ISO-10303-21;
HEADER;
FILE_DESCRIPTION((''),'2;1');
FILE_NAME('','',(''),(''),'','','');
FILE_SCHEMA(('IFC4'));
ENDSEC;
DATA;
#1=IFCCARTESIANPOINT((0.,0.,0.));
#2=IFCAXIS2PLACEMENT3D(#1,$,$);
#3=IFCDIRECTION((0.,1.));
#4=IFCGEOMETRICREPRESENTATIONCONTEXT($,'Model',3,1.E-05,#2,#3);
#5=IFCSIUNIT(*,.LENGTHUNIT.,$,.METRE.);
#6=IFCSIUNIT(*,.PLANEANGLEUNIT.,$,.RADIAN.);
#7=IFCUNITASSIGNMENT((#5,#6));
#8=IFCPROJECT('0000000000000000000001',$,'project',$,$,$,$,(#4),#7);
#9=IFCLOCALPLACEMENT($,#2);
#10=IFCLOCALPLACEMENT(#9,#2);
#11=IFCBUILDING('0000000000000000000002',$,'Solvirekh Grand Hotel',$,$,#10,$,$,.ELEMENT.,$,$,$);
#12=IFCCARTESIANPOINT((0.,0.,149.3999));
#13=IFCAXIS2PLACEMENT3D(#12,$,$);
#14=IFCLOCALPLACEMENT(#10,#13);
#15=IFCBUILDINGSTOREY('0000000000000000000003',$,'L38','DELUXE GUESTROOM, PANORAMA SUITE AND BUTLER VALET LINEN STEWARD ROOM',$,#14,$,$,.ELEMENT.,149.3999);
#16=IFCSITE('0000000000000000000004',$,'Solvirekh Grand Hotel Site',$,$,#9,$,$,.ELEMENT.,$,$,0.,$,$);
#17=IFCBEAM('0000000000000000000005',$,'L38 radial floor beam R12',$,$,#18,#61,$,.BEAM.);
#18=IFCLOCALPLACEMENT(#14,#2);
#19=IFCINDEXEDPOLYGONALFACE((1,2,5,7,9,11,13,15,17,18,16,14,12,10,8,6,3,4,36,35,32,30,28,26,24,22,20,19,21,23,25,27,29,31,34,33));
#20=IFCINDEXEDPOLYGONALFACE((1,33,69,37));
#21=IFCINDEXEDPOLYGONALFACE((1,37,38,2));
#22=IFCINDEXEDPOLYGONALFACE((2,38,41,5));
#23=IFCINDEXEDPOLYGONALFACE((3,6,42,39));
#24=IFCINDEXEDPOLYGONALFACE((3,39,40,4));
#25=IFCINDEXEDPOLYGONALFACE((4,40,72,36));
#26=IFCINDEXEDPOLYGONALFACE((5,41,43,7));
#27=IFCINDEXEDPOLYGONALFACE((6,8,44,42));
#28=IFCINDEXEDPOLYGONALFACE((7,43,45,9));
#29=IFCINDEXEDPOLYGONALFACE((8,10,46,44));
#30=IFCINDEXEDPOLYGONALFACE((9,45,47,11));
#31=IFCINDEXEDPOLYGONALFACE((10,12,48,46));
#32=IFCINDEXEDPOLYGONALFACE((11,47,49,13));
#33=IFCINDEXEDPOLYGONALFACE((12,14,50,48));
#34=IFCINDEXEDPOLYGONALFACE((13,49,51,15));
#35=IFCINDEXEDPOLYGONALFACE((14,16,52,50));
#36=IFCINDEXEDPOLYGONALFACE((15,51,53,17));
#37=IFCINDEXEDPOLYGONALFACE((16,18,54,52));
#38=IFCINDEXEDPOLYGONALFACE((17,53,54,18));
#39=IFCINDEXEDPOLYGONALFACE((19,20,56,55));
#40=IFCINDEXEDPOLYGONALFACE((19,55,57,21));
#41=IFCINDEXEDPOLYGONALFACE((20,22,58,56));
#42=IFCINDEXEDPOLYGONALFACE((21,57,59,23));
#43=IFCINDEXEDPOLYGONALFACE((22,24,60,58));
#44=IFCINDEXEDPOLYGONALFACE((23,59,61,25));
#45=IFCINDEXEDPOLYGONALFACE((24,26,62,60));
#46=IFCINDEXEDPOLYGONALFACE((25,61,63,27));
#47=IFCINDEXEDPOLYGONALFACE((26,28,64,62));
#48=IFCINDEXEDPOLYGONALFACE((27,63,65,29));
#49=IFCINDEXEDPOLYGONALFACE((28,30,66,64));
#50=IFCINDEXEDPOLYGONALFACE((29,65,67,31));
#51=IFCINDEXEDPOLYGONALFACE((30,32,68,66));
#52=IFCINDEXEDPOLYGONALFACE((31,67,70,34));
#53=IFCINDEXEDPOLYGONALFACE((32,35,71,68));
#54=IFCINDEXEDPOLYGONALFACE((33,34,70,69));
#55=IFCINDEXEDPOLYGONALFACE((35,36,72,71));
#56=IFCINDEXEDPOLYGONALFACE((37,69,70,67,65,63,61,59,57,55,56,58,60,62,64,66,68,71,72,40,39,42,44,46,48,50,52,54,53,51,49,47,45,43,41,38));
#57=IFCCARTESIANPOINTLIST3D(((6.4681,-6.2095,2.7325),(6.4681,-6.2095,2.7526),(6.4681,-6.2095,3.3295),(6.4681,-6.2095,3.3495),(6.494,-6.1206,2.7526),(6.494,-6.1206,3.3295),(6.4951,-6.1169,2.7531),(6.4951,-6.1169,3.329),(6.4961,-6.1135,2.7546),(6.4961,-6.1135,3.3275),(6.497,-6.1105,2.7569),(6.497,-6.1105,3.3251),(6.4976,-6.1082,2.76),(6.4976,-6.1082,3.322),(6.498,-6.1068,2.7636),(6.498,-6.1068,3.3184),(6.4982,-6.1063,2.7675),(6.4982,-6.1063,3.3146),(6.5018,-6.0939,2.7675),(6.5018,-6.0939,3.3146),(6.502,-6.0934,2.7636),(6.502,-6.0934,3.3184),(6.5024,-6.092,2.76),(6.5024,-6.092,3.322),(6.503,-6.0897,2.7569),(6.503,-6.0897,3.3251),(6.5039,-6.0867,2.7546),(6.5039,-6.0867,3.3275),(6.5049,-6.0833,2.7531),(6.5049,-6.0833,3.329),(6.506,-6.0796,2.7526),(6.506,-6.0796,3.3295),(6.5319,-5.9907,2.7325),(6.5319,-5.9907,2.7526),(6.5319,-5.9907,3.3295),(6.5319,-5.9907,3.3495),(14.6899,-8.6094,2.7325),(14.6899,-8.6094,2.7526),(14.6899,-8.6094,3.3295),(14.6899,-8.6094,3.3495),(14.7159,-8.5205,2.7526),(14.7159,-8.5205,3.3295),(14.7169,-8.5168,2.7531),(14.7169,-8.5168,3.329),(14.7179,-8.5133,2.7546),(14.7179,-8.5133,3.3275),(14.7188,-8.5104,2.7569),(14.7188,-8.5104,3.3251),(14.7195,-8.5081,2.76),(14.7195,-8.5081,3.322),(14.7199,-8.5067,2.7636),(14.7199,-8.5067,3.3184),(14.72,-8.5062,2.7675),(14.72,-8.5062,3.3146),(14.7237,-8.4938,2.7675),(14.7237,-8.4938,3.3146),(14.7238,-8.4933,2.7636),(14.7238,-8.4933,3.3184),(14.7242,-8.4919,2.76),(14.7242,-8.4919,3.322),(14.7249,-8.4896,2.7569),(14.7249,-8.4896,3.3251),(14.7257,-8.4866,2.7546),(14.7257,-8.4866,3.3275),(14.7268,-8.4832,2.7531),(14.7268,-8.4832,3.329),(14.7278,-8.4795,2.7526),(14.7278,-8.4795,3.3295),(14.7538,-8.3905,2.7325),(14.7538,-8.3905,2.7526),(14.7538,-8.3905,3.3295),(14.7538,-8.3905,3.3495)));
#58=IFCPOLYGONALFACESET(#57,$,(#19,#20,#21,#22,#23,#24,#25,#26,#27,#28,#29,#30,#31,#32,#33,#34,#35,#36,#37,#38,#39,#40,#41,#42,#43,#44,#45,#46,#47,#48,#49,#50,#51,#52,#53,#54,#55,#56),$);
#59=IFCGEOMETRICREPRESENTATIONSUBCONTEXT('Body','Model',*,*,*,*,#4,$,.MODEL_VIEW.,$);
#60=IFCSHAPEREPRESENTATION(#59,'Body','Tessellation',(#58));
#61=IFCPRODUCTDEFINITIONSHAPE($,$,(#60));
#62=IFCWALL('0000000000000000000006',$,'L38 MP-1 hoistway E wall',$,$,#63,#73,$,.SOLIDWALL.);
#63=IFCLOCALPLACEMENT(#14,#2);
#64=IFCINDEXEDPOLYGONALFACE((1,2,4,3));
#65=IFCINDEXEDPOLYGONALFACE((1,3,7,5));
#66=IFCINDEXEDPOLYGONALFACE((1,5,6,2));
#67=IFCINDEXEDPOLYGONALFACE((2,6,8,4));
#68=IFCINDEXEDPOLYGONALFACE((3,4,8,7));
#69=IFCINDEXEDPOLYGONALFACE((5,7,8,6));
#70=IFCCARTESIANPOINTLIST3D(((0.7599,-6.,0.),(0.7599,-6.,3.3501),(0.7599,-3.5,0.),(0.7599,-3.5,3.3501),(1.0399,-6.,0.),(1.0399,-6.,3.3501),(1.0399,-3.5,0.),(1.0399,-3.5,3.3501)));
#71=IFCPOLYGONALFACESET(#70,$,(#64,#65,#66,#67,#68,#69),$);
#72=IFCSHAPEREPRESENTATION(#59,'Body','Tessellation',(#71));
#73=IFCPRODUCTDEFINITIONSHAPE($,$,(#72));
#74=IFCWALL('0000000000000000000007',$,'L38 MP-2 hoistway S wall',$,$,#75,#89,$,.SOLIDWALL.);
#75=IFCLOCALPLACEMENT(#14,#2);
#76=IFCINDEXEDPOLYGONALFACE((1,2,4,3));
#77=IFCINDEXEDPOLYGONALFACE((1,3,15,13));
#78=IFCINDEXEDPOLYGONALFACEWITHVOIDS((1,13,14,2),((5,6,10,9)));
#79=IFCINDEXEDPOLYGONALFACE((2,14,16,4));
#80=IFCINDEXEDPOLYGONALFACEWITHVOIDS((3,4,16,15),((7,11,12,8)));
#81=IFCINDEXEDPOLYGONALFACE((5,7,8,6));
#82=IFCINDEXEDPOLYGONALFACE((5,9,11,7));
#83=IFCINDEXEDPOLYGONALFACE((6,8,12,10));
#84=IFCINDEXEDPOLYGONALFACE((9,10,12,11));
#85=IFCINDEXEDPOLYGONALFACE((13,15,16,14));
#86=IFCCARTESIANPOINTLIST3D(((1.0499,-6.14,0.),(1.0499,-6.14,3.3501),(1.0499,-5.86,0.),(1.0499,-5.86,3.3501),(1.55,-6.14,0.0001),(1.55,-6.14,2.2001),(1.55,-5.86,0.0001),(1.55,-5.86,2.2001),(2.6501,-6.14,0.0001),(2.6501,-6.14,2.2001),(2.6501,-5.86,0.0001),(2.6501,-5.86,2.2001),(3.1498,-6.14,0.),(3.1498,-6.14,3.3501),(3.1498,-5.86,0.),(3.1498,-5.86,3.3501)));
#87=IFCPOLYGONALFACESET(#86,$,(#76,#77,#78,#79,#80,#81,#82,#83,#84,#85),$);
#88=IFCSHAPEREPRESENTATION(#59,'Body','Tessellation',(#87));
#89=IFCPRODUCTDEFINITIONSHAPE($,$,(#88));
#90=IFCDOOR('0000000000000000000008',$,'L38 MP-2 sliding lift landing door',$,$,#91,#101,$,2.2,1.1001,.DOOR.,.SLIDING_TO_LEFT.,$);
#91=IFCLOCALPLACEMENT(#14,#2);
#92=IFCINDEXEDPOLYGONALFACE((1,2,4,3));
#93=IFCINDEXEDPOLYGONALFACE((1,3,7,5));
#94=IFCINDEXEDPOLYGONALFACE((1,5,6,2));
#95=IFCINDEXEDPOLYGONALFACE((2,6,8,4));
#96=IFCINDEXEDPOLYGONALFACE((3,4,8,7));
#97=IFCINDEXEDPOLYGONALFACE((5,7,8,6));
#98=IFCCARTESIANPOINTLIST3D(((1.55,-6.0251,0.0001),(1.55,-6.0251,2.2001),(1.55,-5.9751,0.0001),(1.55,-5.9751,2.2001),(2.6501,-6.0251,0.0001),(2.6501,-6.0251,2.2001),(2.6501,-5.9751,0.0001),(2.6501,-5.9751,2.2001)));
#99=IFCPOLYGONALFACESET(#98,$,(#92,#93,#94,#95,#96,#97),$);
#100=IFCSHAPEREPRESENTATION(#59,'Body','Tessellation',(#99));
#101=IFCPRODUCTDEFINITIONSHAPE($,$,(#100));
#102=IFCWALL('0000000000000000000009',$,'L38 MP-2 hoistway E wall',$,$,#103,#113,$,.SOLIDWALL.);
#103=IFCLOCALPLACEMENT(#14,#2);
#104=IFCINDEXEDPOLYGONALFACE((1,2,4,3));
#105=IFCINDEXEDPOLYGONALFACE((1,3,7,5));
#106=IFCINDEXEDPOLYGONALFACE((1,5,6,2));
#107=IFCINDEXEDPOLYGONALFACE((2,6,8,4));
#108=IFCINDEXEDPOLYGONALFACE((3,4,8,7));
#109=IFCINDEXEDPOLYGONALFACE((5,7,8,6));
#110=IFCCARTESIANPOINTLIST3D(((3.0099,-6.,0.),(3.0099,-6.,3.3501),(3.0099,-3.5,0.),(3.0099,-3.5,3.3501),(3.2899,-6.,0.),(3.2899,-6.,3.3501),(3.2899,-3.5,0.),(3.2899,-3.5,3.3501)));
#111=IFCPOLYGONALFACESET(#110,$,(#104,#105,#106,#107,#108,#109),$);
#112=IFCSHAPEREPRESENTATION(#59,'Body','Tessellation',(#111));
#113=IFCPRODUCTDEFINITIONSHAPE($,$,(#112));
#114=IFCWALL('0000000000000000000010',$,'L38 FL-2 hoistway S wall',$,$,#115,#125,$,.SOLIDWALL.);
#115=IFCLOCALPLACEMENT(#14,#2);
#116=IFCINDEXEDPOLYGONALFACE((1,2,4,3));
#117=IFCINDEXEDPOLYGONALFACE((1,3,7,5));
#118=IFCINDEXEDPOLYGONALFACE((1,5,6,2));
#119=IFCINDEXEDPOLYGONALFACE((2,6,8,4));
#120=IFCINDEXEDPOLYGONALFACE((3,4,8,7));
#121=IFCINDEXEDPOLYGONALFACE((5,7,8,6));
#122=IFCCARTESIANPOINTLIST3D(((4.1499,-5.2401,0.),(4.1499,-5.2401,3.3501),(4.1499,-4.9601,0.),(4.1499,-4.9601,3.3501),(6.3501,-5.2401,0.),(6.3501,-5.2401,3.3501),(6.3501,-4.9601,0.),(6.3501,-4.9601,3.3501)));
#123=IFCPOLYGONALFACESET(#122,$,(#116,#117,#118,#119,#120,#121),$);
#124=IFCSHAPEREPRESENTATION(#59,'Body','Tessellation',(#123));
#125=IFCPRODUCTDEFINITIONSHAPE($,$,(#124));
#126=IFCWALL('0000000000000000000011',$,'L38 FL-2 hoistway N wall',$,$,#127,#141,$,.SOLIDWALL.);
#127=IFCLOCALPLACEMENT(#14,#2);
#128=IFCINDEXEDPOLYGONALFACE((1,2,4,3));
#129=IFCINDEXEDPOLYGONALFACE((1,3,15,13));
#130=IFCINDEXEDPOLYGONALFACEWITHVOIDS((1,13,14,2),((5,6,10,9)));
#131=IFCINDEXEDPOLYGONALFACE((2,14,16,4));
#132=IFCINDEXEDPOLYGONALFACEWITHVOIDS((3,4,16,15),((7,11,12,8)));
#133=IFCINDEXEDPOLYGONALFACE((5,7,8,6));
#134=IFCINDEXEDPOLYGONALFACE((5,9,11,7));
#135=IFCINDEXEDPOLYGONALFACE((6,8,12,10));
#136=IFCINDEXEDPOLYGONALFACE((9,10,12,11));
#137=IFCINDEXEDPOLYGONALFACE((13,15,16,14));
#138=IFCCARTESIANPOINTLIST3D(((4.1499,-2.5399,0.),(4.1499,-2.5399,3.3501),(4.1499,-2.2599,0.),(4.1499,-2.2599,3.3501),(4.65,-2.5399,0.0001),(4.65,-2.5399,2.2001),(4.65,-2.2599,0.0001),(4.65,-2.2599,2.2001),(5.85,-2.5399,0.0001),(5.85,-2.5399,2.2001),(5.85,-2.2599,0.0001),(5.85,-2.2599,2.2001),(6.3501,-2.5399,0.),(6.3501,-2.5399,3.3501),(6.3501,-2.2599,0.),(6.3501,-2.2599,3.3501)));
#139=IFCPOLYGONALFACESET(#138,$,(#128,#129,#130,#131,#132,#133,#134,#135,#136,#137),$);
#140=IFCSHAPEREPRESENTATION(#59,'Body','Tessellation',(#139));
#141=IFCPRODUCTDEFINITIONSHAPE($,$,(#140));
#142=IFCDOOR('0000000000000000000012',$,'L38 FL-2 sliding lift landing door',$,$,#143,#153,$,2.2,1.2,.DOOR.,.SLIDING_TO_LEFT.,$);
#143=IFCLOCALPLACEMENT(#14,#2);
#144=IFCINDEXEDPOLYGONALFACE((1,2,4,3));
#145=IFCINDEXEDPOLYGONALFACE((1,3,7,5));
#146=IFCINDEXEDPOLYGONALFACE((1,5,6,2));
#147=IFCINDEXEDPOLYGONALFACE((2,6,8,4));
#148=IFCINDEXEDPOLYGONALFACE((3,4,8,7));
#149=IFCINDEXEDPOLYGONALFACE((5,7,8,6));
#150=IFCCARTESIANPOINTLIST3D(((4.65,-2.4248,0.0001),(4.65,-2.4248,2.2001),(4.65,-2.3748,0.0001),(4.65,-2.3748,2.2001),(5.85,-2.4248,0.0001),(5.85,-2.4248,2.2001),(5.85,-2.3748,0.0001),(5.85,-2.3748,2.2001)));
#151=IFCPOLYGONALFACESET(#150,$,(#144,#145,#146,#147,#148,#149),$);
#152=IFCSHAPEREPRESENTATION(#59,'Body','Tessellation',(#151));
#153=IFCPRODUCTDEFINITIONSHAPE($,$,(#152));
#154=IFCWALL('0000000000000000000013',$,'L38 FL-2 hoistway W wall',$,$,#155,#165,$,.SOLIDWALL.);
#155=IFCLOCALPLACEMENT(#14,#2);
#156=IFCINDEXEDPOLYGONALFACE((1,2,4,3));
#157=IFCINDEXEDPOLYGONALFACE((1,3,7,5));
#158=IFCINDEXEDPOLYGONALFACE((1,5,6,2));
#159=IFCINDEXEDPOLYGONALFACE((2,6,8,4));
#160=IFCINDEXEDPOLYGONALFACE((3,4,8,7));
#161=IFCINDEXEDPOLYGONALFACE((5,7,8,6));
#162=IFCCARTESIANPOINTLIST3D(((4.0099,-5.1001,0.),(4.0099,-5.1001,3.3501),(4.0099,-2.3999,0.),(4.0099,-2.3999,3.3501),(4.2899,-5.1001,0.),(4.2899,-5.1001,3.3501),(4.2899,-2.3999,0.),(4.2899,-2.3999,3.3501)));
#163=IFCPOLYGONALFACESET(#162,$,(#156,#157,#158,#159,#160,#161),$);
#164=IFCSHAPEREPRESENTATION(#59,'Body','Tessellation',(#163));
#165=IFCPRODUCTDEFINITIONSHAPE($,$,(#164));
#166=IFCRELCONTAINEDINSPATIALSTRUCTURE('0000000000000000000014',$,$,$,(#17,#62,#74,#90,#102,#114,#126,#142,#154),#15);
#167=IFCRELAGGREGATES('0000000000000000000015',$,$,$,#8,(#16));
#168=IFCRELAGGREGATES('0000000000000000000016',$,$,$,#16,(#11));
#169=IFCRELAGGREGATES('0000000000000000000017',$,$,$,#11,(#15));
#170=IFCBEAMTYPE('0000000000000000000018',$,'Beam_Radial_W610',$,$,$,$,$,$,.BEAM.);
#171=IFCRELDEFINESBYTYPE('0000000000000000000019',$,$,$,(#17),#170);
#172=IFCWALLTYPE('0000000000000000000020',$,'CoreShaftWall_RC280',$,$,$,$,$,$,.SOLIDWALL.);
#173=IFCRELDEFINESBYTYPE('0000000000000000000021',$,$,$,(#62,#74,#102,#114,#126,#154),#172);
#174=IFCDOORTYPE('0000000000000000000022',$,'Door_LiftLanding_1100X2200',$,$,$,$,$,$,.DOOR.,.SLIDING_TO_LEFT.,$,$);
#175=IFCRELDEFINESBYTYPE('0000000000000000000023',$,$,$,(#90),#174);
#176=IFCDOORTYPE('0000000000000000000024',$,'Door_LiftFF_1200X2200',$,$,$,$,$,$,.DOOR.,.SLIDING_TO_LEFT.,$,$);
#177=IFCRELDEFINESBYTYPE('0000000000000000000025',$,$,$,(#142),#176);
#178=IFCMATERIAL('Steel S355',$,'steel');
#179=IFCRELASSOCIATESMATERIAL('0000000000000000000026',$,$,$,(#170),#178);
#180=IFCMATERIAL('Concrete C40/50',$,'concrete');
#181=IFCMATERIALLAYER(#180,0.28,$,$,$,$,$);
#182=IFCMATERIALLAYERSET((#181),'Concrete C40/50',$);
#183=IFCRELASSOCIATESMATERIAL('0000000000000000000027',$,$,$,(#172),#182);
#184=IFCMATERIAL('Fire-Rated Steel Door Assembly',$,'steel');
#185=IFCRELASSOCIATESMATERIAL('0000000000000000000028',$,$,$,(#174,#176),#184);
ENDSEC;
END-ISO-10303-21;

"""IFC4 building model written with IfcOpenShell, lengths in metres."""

from ifc_helpers import new_model, si_unit, direction, frame, frame_2d, origin, origin_2d, place, context, subcontext, project, spatial, rectangle, i_section, extrude, material, layer, layer_set, material_profile, profile_set, type_object, element, fill, save


model = new_model("IFC4")

# Units and contexts
model_context = context("Model", 3, precision=1e-05, world=origin(), true_north=direction((0.0, 1.0)))
body_context = subcontext(model_context, "Body", "Model", "MODEL_VIEW")
ifc_project = project(units=[si_unit("LENGTHUNIT", "METRE"), si_unit("PLANEANGLEUNIT", "RADIAN")], contexts=[model_context])

# Site, building, storey
site_placement = place(None, origin())
site = spatial("IfcSite", under=ifc_project, at=site_placement, Name="Solvirekh Grand Hotel Site", CompositionType="ELEMENT", RefElevation=0.0)
building_placement = place(site_placement, origin())
building = spatial("IfcBuilding", under=site, at=building_placement, Name="Solvirekh Grand Hotel", CompositionType="ELEMENT")
storey_placement = place(building_placement, frame((0.0, 0.0, 149.3999)))
storey = spatial("IfcBuildingStorey", under=building, at=storey_placement, Name="L38", Description="DELUXE GUESTROOM, PANORAMA SUITE AND BUTLER VALET LINEN STEWARD ROOM", CompositionType="ELEMENT", Elevation=149.3999)

# Beam
ifc_material_1 = material(Name="Steel S355", Category="steel")
ifc_material_profile = material_profile(ifc_material_1, i_section(OverallWidth=0.228, OverallDepth=0.6169, WebThickness=0.0129, FlangeThickness=0.02, FilletRadius=0.0149, at=origin_2d()), Name="W610X140")
ifc_profile_set = profile_set([ifc_material_profile], Name="Steel S355")
beam_type = type_object("IfcBeamType", Name="Beam_Radial_W610", PredefinedType="BEAM", material=ifc_profile_set)
beam_placement = place(storey_placement, frame((6.5, -6.1001, 3.041), z_axis=(0.959942, -0.280198, 0.0), x_axis=(0.280198, 0.959942, 0.0)))
element("IfcBeam", 1, at=beam_placement, inside=storey, type_object=beam_type, Name="L38 radial floor beam R12", PredefinedType="BEAM", context=body_context, shape_type="SweptSolid", body=[
    extrude(i_section(OverallWidth=0.228, OverallDepth=0.6169, WebThickness=0.0129, FlangeThickness=0.02, FilletRadius=0.0149, at=origin_2d()), origin(), (0.0, 0.0, 1.0), 8.5649),
])

# Wall
ifc_material_2 = material(Name="Concrete C40/50", Category="concrete")
ifc_layer_1 = layer(ifc_material_2, 0.28)
ifc_layer_set_1 = layer_set([ifc_layer_1], Name="Concrete C40/50")
wall_type_1 = type_object("IfcWallType", Name="CoreShaftWall_RC280", PredefinedType="SOLIDWALL", material=ifc_layer_set_1)
wall_1_placement = place(storey_placement, frame((0.8999, -6.0, 0.0), z_axis=(0.0, 0.0, 1.0), x_axis=(0.0, 1.0, 0.0)))
element("IfcWall", 2, at=wall_1_placement, inside=storey, type_object=wall_type_1, Name="L38 MP-1 hoistway E wall", PredefinedType="SOLIDWALL", context=body_context, shape_type="SweptSolid", body=[
    extrude(rectangle(XDim=2.5, YDim=0.28, at=frame_2d((1.25, 0.0))), origin(), (0.0, 0.0, 1.0), 3.3501),
])

# Wall, opening, door
wall_2_placement = place(storey_placement, frame((1.05, -6.0, 0.0), z_axis=(0.0, 0.0, 1.0), x_axis=(1.0, 0.0, 0.0)))
wall_2 = element("IfcWall", 3, at=wall_2_placement, inside=storey, type_object=wall_type_1, Name="L38 MP-2 hoistway S wall", PredefinedType="SOLIDWALL", context=body_context, shape_type="SweptSolid", body=[
    extrude(rectangle(XDim=2.0999, YDim=0.28, at=frame_2d((1.0498, 0.0))), origin(), (0.0, 0.0, 1.0), 3.3501),
])
opening_1_placement = place(wall_2_placement, frame((0.5, 0.0, 0.0)))
opening_1 = element("IfcOpeningElement", 4, at=opening_1_placement, cuts=wall_2, PredefinedType="OPENING", context=body_context, shape_type="SweptSolid", body=[
    extrude(rectangle(XDim=1.1001, YDim=2.2, at=frame_2d((0.55, 1.1001))), frame((0.0, 0.1499, 0.0), z_axis=(0.0, -1.0, 0.0), x_axis=(1.0, 0.0, 0.0)), (0.0, 0.0, 1.0), 0.3),
])
ifc_material_3 = material(Name="Fire-Rated Steel Door Assembly", Category="steel")
door_type_1 = type_object("IfcDoorType", Name="Door_LiftLanding_1100X2200", OperationType="SLIDING_TO_LEFT", PredefinedType="DOOR", material=ifc_material_3)
door_1_placement = place(opening_1_placement, origin())
door_1 = element("IfcDoor", 5, at=door_1_placement, inside=storey, type_object=door_type_1, Name="L38 MP-2 sliding lift landing door", OperationType="SLIDING_TO_LEFT", OverallHeight=2.2, OverallWidth=1.1001, PredefinedType="DOOR", context=body_context, shape_type="SweptSolid", body=[
    extrude(rectangle(XDim=1.1001, YDim=2.2, at=frame_2d((0.55, 1.1001))), frame((0.0, 0.0249, 0.0), z_axis=(0.0, -1.0, 0.0), x_axis=(1.0, 0.0, 0.0)), (0.0, 0.0, 1.0), 0.05),
])
fill(opening_1, door_1)

# Walls
wall_3_placement = place(storey_placement, frame((3.1499, -6.0, 0.0), z_axis=(0.0, 0.0, 1.0), x_axis=(0.0, 1.0, 0.0)))
element("IfcWall", 6, at=wall_3_placement, inside=storey, type_object=wall_type_1, Name="L38 MP-2 hoistway E wall", PredefinedType="SOLIDWALL", context=body_context, shape_type="SweptSolid", body=[
    extrude(rectangle(XDim=2.5, YDim=0.28, at=frame_2d((1.25, 0.0))), origin(), (0.0, 0.0, 1.0), 3.3501),
])
wall_4_placement = place(storey_placement, frame((4.1499, -5.1001, 0.0), z_axis=(0.0, 0.0, 1.0), x_axis=(1.0, 0.0, 0.0)))
element("IfcWall", 7, at=wall_4_placement, inside=storey, type_object=wall_type_1, Name="L38 FL-2 hoistway S wall", PredefinedType="SOLIDWALL", context=body_context, shape_type="SweptSolid", body=[
    extrude(rectangle(XDim=2.2002, YDim=0.28, at=frame_2d((1.1001, 0.0))), origin(), (0.0, 0.0, 1.0), 3.3501),
])

# Wall, opening, door
wall_5_placement = place(storey_placement, frame((6.3501, -2.3999, 0.0), z_axis=(0.0, 0.0, 1.0), x_axis=(-1.0, 0.0, 0.0)))
wall_5 = element("IfcWall", 8, at=wall_5_placement, inside=storey, type_object=wall_type_1, Name="L38 FL-2 hoistway N wall", PredefinedType="SOLIDWALL", context=body_context, shape_type="SweptSolid", body=[
    extrude(rectangle(XDim=2.2002, YDim=0.28, at=frame_2d((1.1001, 0.0))), origin(), (0.0, 0.0, 1.0), 3.3501),
])
opening_2_placement = place(wall_5_placement, frame((0.5, 0.0, 0.0)))
opening_2 = element("IfcOpeningElement", 9, at=opening_2_placement, cuts=wall_5, PredefinedType="OPENING", context=body_context, shape_type="SweptSolid", body=[
    extrude(rectangle(XDim=1.2, YDim=2.2, at=frame_2d((0.6001, 1.1001))), frame((0.0, 0.1499, 0.0), z_axis=(0.0, -1.0, 0.0), x_axis=(1.0, 0.0, 0.0)), (0.0, 0.0, 1.0), 0.3),
])
door_type_2 = type_object("IfcDoorType", Name="Door_LiftFF_1200X2200", OperationType="SLIDING_TO_LEFT", PredefinedType="DOOR", material=ifc_material_3)
door_2_placement = place(opening_2_placement, origin())
door_2 = element("IfcDoor", 10, at=door_2_placement, inside=storey, type_object=door_type_2, Name="L38 FL-2 sliding lift landing door", OperationType="SLIDING_TO_LEFT", OverallHeight=2.2, OverallWidth=1.2, PredefinedType="DOOR", context=body_context, shape_type="SweptSolid", body=[
    extrude(rectangle(XDim=1.2, YDim=2.2, at=frame_2d((0.6001, 1.1001))), frame((0.0, 0.0249, 0.0), z_axis=(0.0, -1.0, 0.0), x_axis=(1.0, 0.0, 0.0)), (0.0, 0.0, 1.0), 0.05),
])
fill(opening_2, door_2)

# Wall
wall_6_placement = place(storey_placement, frame((4.1499, -2.3999, 0.0), z_axis=(0.0, 0.0, 1.0), x_axis=(0.0, -1.0, 0.0)))
element("IfcWall", 11, at=wall_6_placement, inside=storey, type_object=wall_type_1, Name="L38 FL-2 hoistway W wall", PredefinedType="SOLIDWALL", context=body_context, shape_type="SweptSolid", body=[
    extrude(rectangle(XDim=2.7002, YDim=0.28, at=frame_2d((1.3501, 0.0))), origin(), (0.0, 0.0, 1.0), 3.3501),
])

save(model, "model.ifc")
